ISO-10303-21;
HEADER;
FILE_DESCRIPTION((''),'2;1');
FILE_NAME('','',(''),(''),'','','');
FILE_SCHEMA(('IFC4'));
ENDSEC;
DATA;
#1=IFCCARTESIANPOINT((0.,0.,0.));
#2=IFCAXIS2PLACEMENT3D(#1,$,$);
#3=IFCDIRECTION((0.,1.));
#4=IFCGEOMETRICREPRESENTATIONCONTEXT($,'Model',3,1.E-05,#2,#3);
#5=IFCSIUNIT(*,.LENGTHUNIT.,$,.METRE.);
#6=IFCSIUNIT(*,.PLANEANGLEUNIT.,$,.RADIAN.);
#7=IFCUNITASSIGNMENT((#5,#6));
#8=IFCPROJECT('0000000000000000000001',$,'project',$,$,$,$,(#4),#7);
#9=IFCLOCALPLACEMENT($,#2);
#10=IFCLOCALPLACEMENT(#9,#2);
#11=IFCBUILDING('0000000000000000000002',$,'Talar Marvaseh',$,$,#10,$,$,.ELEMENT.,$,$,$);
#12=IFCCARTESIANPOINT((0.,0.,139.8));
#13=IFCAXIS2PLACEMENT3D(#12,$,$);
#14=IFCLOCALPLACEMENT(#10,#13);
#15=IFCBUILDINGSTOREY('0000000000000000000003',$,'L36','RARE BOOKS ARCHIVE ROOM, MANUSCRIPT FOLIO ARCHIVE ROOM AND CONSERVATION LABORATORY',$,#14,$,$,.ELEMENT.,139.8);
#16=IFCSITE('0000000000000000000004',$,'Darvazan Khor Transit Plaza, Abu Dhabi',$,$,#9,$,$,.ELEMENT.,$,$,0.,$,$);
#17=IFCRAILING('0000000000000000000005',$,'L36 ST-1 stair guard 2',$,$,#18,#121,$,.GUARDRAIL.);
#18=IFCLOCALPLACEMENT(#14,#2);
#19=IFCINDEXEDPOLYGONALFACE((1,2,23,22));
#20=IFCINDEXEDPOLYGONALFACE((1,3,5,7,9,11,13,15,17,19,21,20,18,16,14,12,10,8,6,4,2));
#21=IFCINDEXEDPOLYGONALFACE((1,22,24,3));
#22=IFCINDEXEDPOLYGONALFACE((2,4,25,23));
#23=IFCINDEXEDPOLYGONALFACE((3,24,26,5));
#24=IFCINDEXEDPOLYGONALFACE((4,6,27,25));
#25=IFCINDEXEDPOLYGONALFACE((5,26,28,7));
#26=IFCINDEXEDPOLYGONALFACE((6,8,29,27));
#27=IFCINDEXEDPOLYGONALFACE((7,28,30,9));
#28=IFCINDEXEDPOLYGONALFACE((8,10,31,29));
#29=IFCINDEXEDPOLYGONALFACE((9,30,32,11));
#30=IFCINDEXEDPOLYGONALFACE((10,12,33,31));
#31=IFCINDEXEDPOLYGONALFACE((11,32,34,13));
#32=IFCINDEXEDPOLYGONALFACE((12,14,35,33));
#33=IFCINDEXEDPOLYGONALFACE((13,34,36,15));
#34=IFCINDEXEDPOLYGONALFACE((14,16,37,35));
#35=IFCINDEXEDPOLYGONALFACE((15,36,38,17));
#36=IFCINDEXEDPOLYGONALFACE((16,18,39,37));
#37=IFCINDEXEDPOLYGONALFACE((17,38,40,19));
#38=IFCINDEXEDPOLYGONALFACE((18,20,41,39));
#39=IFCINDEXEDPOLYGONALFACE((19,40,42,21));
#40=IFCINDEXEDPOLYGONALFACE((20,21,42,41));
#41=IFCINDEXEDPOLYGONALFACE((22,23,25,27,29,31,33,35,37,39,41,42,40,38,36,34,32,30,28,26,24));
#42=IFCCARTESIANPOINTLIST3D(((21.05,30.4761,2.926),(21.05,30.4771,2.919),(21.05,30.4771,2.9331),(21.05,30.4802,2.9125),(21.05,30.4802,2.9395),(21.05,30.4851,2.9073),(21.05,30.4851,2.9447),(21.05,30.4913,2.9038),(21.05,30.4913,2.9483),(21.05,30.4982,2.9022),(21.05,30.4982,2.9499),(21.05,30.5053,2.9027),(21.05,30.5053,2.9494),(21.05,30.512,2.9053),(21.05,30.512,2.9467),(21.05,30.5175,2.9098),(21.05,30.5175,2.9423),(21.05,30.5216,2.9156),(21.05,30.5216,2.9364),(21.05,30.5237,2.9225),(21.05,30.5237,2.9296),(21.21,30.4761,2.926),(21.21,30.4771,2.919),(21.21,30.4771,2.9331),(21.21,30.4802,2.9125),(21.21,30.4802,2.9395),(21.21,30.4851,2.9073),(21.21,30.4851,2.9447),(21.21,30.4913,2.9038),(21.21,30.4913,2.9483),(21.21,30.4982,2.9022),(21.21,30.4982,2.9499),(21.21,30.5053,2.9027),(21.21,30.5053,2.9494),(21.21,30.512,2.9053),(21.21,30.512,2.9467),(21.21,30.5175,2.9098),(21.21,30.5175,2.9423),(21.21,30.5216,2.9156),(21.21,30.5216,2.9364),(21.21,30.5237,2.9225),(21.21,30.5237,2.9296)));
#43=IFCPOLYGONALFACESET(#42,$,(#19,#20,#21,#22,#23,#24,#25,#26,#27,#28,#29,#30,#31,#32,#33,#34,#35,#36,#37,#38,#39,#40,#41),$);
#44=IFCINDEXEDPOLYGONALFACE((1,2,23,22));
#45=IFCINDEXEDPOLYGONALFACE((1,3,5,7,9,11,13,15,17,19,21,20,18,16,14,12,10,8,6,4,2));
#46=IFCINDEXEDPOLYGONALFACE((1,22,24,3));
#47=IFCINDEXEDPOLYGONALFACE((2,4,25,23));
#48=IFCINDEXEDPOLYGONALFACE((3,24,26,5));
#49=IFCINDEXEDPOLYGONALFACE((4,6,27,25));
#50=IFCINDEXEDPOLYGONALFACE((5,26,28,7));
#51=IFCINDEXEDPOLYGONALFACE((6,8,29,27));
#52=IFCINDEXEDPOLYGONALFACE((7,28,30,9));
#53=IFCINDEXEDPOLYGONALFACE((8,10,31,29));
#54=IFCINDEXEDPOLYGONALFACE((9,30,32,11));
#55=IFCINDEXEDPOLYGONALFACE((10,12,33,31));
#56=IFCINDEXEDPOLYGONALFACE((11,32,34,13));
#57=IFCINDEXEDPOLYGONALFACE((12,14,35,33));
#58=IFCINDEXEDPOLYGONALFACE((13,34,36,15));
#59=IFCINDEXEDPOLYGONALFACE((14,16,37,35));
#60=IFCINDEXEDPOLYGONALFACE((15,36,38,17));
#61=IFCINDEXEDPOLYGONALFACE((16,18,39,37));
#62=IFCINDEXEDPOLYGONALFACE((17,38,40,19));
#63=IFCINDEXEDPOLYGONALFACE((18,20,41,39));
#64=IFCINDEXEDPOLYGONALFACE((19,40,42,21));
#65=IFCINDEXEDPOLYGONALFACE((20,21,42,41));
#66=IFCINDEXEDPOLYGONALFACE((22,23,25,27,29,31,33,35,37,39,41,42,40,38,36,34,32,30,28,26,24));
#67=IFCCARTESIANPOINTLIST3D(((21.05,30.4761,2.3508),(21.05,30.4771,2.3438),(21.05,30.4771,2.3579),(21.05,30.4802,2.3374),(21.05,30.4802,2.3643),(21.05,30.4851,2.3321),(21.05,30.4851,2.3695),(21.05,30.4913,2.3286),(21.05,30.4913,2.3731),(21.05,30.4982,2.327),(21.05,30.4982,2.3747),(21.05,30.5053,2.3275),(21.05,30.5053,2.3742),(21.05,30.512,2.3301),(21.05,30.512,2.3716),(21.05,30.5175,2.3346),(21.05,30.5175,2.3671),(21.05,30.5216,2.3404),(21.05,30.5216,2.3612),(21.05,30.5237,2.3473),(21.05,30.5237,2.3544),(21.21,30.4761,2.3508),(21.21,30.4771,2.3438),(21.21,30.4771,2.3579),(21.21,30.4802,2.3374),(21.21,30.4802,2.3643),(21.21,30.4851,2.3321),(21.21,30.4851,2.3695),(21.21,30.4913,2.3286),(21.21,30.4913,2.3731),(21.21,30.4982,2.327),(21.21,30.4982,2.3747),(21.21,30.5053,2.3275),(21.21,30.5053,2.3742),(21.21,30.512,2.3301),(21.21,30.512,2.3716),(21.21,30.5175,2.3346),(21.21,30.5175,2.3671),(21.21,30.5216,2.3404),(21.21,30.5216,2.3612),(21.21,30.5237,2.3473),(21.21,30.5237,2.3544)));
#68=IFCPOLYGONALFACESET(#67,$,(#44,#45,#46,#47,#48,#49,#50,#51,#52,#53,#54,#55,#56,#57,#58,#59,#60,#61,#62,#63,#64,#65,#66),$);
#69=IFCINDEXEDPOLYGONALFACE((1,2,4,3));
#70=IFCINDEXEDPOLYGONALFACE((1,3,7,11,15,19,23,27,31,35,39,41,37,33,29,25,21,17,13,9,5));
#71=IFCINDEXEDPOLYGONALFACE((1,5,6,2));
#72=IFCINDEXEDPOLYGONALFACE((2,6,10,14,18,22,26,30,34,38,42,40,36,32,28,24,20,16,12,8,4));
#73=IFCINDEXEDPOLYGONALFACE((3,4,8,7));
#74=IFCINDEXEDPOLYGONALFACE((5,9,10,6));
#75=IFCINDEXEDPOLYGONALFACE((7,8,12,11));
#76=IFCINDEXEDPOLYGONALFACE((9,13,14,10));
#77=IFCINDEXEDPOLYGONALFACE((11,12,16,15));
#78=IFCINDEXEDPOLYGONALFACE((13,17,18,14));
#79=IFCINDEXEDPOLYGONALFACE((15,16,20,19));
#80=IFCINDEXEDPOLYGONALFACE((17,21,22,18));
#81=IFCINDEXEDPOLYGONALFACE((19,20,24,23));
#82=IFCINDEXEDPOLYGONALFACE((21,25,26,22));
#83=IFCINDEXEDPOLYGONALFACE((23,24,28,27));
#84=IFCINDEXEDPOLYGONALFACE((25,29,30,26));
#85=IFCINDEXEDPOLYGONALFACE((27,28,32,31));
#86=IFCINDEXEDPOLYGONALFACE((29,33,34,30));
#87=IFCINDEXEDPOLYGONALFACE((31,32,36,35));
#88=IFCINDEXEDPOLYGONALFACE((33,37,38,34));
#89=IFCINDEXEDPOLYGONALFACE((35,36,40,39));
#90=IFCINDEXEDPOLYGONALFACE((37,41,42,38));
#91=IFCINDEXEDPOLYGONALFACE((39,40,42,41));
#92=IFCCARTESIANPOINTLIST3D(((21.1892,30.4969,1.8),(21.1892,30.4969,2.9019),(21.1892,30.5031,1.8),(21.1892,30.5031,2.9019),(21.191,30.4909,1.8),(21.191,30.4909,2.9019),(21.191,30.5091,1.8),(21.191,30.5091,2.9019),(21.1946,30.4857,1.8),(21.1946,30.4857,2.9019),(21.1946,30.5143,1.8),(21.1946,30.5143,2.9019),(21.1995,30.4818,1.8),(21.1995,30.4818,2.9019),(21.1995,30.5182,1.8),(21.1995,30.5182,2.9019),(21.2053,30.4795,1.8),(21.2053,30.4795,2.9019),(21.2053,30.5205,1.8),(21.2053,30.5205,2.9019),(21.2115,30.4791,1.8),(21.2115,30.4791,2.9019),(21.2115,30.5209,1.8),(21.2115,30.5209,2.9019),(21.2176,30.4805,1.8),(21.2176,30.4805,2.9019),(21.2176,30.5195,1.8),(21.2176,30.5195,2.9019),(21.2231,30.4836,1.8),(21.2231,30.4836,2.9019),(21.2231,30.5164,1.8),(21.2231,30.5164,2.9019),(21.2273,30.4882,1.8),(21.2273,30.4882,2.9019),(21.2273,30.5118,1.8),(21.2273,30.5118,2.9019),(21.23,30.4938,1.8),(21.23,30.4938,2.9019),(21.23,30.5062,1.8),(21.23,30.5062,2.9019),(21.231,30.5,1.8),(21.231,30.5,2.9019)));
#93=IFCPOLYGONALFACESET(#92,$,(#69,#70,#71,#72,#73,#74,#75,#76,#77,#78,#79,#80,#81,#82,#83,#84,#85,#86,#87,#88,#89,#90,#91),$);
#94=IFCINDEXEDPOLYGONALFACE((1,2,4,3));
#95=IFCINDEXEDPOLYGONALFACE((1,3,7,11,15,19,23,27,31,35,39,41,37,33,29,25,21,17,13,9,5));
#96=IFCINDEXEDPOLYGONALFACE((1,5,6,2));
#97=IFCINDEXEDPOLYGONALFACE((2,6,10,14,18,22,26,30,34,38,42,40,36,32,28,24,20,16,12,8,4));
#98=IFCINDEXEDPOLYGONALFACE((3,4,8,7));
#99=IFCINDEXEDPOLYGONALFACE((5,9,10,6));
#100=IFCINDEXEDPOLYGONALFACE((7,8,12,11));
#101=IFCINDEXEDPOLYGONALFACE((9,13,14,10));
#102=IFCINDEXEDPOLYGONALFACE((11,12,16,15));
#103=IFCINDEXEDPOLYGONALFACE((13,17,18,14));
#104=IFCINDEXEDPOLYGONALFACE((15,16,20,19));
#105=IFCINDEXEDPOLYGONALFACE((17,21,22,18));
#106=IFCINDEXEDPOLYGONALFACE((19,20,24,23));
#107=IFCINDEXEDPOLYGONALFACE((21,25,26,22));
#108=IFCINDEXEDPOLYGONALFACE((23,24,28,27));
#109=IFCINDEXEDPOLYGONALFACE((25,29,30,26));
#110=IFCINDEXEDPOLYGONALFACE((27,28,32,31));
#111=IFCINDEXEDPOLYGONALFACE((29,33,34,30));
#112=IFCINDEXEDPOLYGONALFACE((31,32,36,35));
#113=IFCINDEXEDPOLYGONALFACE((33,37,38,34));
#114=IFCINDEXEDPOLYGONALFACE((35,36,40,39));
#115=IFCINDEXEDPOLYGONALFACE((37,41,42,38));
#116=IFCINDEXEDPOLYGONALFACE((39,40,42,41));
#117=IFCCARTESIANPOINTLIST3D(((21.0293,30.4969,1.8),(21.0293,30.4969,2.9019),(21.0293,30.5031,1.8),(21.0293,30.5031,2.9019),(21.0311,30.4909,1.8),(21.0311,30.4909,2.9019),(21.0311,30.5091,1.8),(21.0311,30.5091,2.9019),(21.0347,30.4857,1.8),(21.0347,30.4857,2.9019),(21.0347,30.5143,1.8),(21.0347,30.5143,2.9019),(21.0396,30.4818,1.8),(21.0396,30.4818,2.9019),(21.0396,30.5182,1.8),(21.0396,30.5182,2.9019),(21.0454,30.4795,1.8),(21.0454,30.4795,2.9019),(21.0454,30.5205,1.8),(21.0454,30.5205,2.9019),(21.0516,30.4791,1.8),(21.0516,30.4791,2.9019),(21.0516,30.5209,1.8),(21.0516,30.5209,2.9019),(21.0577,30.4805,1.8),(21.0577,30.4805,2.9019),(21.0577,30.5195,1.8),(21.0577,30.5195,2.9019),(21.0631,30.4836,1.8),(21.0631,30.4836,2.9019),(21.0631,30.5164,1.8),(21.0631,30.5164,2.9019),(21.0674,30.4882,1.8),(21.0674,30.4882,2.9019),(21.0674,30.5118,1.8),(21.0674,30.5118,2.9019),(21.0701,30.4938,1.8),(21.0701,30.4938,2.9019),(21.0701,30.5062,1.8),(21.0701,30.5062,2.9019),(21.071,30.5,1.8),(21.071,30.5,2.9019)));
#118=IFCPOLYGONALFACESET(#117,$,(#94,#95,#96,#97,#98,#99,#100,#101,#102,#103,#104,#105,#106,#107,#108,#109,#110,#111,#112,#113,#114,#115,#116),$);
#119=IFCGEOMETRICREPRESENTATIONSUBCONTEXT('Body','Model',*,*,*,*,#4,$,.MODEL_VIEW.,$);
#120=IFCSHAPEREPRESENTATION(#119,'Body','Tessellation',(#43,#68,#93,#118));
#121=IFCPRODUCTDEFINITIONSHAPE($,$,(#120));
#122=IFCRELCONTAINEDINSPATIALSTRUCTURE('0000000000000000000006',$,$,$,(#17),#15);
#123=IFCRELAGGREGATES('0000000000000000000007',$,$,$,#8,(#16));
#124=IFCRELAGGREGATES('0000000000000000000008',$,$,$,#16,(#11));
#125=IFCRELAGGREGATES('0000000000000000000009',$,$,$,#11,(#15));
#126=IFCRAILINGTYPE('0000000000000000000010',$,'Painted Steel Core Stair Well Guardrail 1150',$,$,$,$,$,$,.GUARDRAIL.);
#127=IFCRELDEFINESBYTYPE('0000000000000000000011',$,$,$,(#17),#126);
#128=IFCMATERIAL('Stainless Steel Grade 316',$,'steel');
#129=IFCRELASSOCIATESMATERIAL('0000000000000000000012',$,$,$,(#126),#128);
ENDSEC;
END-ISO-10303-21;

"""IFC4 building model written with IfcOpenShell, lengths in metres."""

from ifc_helpers import new_model, si_unit, direction, frame, origin, origin_2d, place, context, subcontext, project, spatial, circle, extrude, material, type_object, element, save


model = new_model("IFC4")

# Units and contexts
model_context = context("Model", 3, precision=1e-05, world=origin(), true_north=direction((0.0, 1.0)))
body_context = subcontext(model_context, "Body", "Model", "MODEL_VIEW")
ifc_project = project(units=[si_unit("LENGTHUNIT", "METRE"), si_unit("PLANEANGLEUNIT", "RADIAN")], contexts=[model_context])

# Site, building, storey
site_placement = place(None, origin())
site = spatial("IfcSite", under=ifc_project, at=site_placement, Name="Darvazan Khor Transit Plaza, Abu Dhabi", CompositionType="ELEMENT", RefElevation=0.0)
building_placement = place(site_placement, origin())
building = spatial("IfcBuilding", under=site, at=building_placement, Name="Talar Marvaseh", CompositionType="ELEMENT")
storey_placement = place(building_placement, frame((0.0, 0.0, 139.8)))
storey = spatial("IfcBuildingStorey", under=building, at=storey_placement, Name="L36", Description="RARE BOOKS ARCHIVE ROOM, MANUSCRIPT FOLIO ARCHIVE ROOM AND CONSERVATION LABORATORY", CompositionType="ELEMENT", Elevation=139.8)

# Railing
ifc_material_1 = material(Name="Stainless Steel Grade 316", Category="steel")
railing_type_1 = type_object("IfcRailingType", Name="Painted Steel Core Stair Well Guardrail 1150", PredefinedType="GUARDRAIL", material=ifc_material_1)
railing_1_placement = place(storey_placement, frame((21.21, 30.5, 1.8)))
element("IfcRailing", 1, at=railing_1_placement, inside=storey, type_object=railing_type_1, Name="L36 ST-1 stair guard 2", PredefinedType="GUARDRAIL", context=body_context, shape_type="SweptSolid", body=[
    extrude(circle(Radius=0.0239, at=origin_2d()), frame((0.0, 0.0, 1.126), z_axis=(-1.0, 0.0, 0.0), x_axis=(0.0, -1.0, 0.0)), (0.0, 0.0, 1.0), 0.1599),
    extrude(circle(Radius=0.0239, at=origin_2d()), frame((0.0, 0.0, 0.5508), z_axis=(-1.0, 0.0, 0.0), x_axis=(0.0, -1.0, 0.0)), (0.0, 0.0, 1.0), 0.1599),
    extrude(circle(Radius=0.021, at=origin_2d()), origin(), (0.0, 0.0, 1.0), 1.1018),
    extrude(circle(Radius=0.021, at=origin_2d()), frame((-0.1599, 0.0, 0.0)), (0.0, 0.0, 1.0), 1.1018),
])

save(model, "model.ifc")
